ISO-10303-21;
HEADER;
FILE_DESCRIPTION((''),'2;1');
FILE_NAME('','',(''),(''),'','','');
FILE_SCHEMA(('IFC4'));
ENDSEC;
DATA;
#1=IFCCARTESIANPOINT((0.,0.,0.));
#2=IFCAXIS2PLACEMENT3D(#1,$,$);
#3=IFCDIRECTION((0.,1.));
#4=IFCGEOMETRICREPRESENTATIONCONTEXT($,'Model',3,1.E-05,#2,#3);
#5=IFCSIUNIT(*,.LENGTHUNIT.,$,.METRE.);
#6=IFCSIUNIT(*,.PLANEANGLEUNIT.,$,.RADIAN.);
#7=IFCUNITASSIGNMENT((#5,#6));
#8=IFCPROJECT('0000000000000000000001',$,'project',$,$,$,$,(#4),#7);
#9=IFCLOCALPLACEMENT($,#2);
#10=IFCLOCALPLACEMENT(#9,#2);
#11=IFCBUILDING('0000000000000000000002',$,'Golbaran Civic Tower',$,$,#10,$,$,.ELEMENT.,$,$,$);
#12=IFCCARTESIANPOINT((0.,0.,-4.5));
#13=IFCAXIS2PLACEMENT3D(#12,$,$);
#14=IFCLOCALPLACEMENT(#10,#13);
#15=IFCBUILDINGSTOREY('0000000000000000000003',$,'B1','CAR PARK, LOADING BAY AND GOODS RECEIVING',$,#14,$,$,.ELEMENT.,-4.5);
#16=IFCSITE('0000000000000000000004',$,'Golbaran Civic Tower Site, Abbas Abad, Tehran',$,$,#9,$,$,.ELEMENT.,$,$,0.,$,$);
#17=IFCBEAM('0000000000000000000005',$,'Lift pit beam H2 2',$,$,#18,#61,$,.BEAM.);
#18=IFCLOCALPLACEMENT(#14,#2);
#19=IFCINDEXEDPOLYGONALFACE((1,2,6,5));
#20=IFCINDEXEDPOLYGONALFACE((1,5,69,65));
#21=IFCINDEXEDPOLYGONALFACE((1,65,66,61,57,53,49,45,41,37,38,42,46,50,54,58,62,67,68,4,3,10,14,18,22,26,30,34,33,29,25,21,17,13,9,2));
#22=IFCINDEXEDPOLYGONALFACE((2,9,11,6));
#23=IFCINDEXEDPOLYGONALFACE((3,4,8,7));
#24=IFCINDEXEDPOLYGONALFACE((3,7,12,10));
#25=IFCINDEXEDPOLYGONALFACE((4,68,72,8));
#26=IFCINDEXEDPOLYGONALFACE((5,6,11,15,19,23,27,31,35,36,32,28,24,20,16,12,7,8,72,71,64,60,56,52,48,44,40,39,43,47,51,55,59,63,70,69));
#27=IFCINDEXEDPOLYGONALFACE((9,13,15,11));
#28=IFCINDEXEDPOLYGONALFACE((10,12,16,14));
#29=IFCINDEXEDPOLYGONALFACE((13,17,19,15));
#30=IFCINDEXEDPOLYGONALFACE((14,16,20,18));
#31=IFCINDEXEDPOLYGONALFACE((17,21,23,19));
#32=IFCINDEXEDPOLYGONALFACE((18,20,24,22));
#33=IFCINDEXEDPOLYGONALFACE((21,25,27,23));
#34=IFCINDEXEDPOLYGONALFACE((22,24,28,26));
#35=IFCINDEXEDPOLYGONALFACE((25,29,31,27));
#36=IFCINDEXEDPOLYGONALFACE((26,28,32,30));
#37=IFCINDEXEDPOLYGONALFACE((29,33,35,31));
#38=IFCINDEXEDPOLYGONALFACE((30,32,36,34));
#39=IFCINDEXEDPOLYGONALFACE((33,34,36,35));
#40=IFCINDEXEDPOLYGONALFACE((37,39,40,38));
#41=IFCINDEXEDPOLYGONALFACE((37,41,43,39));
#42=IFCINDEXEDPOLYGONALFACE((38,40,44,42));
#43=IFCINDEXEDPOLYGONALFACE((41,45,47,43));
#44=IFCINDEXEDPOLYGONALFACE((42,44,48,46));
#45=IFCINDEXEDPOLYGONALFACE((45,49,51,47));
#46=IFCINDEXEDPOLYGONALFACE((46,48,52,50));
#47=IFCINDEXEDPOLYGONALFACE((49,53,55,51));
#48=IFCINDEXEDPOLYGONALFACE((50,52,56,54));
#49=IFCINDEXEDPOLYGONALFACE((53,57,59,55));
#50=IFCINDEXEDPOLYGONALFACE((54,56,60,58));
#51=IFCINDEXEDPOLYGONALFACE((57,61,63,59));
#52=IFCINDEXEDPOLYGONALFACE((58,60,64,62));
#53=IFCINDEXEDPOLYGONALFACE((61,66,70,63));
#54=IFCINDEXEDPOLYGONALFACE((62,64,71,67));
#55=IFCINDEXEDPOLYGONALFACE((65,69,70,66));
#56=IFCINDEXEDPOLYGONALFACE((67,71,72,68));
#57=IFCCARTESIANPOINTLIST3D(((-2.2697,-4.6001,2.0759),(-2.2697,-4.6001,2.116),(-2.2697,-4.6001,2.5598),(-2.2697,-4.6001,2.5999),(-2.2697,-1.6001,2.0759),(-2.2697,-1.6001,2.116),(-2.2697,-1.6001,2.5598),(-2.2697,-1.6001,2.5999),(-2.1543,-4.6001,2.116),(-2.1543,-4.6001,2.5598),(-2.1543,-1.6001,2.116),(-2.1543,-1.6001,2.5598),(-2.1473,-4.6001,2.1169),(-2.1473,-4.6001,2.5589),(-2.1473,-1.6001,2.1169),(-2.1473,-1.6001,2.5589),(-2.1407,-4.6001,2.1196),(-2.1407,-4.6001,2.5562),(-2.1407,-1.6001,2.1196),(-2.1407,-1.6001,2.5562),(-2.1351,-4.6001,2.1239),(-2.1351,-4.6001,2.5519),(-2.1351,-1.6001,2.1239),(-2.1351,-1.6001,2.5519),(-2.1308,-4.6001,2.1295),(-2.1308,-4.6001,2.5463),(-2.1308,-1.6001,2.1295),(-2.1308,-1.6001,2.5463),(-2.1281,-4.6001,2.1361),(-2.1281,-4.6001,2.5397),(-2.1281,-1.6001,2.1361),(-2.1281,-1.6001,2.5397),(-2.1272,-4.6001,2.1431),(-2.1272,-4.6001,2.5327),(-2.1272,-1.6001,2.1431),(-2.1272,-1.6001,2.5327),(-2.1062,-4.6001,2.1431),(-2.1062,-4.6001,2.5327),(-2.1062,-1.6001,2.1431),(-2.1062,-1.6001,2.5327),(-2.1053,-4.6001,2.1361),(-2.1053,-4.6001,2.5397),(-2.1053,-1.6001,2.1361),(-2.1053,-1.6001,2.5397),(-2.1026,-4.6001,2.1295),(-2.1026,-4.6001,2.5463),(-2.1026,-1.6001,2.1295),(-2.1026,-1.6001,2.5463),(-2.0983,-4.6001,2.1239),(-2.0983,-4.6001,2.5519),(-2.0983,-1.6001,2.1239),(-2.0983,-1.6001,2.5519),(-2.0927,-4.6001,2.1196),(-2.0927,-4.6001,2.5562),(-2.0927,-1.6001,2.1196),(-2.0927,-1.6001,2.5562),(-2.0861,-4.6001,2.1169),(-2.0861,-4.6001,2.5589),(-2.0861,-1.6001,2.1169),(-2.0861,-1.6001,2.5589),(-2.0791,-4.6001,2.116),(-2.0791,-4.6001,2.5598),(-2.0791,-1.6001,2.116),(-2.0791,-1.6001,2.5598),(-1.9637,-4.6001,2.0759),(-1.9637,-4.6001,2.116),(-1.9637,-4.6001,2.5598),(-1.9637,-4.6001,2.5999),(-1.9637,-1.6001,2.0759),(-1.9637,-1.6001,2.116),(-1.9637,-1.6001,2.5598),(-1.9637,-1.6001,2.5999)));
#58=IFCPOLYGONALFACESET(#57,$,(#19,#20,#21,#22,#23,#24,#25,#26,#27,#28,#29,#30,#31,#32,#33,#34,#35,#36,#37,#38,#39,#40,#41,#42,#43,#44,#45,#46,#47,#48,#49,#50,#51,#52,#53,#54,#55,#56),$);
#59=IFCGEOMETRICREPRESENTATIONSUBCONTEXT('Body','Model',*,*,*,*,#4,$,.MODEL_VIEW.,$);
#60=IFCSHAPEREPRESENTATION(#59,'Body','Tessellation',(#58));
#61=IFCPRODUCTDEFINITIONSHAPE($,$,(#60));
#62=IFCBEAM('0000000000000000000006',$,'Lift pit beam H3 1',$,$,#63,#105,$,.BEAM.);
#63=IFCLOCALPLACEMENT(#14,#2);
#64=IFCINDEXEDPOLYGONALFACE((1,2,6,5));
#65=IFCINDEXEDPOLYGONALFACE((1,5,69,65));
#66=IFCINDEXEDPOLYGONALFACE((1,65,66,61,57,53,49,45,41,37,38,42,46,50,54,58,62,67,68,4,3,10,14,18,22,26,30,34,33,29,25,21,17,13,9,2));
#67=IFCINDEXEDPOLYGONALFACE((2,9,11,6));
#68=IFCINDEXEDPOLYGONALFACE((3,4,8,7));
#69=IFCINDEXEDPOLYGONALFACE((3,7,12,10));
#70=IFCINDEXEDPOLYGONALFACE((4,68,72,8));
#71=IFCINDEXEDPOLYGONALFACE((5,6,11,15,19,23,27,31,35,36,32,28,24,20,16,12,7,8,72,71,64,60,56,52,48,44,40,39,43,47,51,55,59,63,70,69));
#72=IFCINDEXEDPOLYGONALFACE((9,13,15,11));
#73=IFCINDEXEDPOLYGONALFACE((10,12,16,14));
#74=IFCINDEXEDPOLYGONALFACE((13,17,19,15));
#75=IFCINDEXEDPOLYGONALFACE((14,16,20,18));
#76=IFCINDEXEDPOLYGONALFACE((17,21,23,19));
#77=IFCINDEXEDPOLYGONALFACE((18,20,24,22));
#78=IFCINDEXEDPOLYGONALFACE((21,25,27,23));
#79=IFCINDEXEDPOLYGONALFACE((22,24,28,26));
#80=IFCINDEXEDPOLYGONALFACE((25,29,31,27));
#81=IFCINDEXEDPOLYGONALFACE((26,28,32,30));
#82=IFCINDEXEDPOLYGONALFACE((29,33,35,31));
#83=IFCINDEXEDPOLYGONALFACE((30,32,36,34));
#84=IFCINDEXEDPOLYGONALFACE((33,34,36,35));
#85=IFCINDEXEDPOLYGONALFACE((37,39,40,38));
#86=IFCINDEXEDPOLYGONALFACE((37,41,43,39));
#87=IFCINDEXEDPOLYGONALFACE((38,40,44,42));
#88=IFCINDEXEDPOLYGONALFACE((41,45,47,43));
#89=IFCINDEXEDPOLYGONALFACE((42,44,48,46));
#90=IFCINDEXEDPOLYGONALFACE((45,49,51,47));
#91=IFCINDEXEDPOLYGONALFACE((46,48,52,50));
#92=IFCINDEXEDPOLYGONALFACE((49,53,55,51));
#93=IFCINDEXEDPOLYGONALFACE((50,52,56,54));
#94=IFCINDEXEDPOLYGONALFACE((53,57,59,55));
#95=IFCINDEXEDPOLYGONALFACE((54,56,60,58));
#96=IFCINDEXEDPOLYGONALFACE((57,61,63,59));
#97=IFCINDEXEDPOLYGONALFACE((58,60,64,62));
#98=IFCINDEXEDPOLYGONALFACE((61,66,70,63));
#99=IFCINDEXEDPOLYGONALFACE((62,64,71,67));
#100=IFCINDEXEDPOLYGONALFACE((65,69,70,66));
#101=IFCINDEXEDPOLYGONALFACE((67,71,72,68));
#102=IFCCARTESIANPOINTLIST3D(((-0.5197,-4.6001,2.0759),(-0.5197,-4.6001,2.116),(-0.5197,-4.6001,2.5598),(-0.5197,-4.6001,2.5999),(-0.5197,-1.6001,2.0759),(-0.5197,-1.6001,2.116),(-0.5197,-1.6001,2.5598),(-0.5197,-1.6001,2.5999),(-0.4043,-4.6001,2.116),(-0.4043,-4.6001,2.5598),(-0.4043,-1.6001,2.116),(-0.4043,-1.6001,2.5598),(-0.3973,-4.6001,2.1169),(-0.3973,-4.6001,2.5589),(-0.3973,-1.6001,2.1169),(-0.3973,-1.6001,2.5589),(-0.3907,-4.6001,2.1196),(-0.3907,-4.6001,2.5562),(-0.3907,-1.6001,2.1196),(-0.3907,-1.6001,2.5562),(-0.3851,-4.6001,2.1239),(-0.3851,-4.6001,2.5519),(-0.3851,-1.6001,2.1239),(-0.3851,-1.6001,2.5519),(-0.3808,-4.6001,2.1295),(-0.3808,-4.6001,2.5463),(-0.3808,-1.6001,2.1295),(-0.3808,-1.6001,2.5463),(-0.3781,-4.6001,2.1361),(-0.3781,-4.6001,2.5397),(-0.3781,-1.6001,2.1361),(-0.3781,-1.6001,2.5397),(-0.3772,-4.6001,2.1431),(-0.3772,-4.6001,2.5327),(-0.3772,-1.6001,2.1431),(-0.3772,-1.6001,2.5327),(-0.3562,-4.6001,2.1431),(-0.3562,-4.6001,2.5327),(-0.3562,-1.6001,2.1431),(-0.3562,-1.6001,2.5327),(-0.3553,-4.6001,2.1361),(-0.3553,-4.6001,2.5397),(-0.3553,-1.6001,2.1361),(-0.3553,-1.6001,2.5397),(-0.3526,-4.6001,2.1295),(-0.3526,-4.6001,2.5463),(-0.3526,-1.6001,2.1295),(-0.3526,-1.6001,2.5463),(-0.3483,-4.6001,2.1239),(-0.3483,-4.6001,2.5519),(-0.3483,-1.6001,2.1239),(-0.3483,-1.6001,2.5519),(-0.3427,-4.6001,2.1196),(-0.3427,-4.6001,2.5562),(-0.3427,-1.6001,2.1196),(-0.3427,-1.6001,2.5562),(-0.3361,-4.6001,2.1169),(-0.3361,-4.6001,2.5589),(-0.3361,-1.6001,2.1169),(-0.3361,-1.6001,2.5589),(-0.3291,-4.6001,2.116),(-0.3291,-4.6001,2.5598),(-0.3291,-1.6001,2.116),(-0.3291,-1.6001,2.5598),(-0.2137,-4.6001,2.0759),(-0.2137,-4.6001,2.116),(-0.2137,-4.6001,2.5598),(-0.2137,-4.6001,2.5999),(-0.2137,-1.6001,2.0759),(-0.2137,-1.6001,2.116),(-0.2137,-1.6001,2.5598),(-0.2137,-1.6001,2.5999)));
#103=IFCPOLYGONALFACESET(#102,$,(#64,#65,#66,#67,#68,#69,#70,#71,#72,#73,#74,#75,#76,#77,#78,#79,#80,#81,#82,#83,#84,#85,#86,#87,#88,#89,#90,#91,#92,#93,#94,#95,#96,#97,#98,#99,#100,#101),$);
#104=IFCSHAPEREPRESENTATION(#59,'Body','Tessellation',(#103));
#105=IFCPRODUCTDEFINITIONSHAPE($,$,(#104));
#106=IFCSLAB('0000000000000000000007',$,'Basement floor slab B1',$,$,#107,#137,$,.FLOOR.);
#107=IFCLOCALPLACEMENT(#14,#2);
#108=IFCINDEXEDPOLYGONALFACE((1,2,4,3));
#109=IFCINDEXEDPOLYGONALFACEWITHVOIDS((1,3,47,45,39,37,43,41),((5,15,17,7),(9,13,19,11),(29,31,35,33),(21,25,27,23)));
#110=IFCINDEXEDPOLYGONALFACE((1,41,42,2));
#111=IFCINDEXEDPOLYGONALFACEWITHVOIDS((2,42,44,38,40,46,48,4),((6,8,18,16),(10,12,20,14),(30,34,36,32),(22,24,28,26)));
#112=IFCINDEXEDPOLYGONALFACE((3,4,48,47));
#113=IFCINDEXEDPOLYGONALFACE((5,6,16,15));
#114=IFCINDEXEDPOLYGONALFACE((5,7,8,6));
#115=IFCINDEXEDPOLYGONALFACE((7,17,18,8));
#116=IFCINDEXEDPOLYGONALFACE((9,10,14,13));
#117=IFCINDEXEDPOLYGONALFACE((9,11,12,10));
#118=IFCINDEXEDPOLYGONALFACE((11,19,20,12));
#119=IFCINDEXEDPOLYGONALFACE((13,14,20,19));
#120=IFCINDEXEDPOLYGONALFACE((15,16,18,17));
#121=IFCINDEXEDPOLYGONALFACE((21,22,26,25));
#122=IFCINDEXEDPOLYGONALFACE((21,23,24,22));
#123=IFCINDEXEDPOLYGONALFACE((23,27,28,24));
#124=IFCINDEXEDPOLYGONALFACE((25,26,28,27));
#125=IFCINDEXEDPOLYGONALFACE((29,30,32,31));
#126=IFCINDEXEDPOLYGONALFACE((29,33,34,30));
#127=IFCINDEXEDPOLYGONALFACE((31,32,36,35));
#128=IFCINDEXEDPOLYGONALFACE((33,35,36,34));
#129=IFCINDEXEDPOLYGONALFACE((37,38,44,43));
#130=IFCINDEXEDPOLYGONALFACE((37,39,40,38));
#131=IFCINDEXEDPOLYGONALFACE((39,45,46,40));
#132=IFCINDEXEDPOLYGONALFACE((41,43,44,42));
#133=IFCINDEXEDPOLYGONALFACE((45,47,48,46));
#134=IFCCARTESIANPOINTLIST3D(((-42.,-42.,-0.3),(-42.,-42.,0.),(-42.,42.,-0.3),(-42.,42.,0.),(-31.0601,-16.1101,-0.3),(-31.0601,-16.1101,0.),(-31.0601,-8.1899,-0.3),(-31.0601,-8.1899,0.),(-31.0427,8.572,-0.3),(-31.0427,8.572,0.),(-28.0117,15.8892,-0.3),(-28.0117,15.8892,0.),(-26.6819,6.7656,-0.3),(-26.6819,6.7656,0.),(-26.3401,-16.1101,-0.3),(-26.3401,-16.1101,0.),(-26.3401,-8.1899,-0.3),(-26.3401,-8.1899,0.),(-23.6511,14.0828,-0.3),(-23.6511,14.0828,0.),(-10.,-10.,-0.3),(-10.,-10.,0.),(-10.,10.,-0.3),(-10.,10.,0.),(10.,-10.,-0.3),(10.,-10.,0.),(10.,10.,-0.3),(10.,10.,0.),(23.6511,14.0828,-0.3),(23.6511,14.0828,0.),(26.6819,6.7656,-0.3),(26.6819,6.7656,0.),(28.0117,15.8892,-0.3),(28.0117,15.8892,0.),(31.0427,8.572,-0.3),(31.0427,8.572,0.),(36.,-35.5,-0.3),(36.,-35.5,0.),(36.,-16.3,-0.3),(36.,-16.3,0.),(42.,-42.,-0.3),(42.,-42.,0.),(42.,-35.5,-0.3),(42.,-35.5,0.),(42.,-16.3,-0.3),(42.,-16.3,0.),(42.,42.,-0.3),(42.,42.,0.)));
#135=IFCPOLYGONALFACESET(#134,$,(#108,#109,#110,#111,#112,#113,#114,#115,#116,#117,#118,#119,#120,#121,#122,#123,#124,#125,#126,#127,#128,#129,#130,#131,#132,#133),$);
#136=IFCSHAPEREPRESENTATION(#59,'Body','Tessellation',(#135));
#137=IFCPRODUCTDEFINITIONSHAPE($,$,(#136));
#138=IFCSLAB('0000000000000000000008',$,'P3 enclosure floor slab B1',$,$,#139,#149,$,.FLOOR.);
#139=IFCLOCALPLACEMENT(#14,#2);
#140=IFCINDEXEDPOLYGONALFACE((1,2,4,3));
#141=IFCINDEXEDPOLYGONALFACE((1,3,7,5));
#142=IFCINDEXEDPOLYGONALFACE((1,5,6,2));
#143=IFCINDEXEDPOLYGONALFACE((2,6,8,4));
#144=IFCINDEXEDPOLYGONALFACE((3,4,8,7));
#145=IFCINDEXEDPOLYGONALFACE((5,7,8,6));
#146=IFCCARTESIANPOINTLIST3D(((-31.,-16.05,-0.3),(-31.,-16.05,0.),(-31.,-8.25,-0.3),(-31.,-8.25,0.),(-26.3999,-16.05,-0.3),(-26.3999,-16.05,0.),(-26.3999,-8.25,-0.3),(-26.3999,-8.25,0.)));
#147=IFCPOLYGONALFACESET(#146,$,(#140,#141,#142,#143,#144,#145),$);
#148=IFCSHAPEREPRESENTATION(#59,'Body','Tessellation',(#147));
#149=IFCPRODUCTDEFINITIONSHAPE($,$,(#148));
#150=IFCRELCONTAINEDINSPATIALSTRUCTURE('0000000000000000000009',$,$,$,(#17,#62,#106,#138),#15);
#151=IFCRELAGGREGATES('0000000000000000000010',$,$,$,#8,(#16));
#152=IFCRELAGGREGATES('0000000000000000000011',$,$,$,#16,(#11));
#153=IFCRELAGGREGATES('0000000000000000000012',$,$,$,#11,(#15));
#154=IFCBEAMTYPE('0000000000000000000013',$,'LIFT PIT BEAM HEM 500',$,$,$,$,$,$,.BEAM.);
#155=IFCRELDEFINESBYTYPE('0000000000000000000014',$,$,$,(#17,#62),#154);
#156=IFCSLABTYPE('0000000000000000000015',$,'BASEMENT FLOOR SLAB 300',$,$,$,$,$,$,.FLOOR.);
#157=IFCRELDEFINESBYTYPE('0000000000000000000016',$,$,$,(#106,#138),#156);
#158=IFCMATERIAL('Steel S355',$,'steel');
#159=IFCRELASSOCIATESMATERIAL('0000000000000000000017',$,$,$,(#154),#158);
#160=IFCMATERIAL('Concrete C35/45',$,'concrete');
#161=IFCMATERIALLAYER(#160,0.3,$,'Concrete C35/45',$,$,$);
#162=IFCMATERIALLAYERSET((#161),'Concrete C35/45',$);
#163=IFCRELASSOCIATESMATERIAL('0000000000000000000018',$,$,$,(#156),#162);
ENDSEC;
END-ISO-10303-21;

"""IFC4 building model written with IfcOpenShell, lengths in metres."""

from ifc_helpers import new_model, si_unit, direction, frame, origin, origin_2d, place, context, subcontext, project, spatial, polyline, i_section, outline, extrude, material, layer, layer_set, material_profile, profile_set, type_object, element, save


model = new_model("IFC4")

# Units and contexts
model_context = context("Model", 3, precision=1e-05, world=origin(), true_north=direction((0.0, 1.0)))
body_context = subcontext(model_context, "Body", "Model", "MODEL_VIEW")
ifc_project = project(units=[si_unit("LENGTHUNIT", "METRE"), si_unit("PLANEANGLEUNIT", "RADIAN")], contexts=[model_context])

# Site, building, storey
site_placement = place(None, origin())
site = spatial("IfcSite", under=ifc_project, at=site_placement, Name="Golbaran Civic Tower Site, Abbas Abad, Tehran", CompositionType="ELEMENT", RefElevation=0.0)
building_placement = place(site_placement, origin())
building = spatial("IfcBuilding", under=site, at=building_placement, Name="Golbaran Civic Tower", CompositionType="ELEMENT")
storey_placement = place(building_placement, frame((0.0, 0.0, -4.5)))
storey = spatial("IfcBuildingStorey", under=building, at=storey_placement, Name="B1", Description="CAR PARK, LOADING BAY AND GOODS RECEIVING", CompositionType="ELEMENT", Elevation=-4.5)

# Shared definitions
ifc_material_1 = material(Name="Steel S355", Category="steel")

# Beams
ifc_material_profile_1 = material_profile(ifc_material_1, i_section(OverallWidth=0.3059, OverallDepth=0.5239, WebThickness=0.021, FlangeThickness=0.04, FilletRadius=0.0271, at=origin_2d()), Name="HEM 500")
ifc_profile_set_1 = profile_set([ifc_material_profile_1], Name="Steel S355")
beam_type = type_object("IfcBeamType", Name="LIFT PIT BEAM HEM 500", PredefinedType="BEAM", material=ifc_profile_set_1)
for number, where, z_axis, x_axis, name in (
    (1, (-2.1167, -4.6001, 2.3379), (0.0, 1.0, 0.0), (-1.0, 0.0, 0.0), "Lift pit beam H2 2"),
    (2, (-0.3667, -4.6001, 2.3379), (0.0, 1.0, 0.0), (-1.0, 0.0, 0.0), "Lift pit beam H3 1"),
):
    element("IfcBeam", number, at=place(storey_placement, frame(where, z_axis=z_axis, x_axis=x_axis)), inside=storey, type_object=beam_type, Name=name, PredefinedType="BEAM", context=body_context, shape_type="SweptSolid", body=[
        extrude(i_section(OverallWidth=0.3059, OverallDepth=0.5239, WebThickness=0.021, FlangeThickness=0.04, FilletRadius=0.0271, at=origin_2d()), origin(), (0.0, 0.0, 1.0), 3.0),
    ])

# Slabs
ifc_material_2 = material(Name="Concrete C35/45", Category="concrete")
ifc_layer_1 = layer(ifc_material_2, 0.3, Name="Concrete C35/45")
ifc_layer_set_1 = layer_set([ifc_layer_1], Name="Concrete C35/45")
slab_type_1 = type_object("IfcSlabType", Name="BASEMENT FLOOR SLAB 300", PredefinedType="FLOOR", material=ifc_layer_set_1)
slab_1_placement = place(storey_placement, frame((0.0, 0.0, -0.3)))
element("IfcSlab", 3, at=slab_1_placement, inside=storey, type_object=slab_type_1, Name="Basement floor slab B1", PredefinedType="FLOOR", context=body_context, shape_type="SweptSolid", body=[
    extrude(outline(polyline([(42.0, -16.3), (36.0, -16.3), (36.0, -35.5), (42.0, -35.5), (42.0, -42.0), (-42.0, -42.0), (-42.0, 42.0), (42.0, 42.0), (42.0, -16.3)]), holes=[polyline([(31.0427, 8.572), (28.0117, 15.8892), (23.6511, 14.0828), (26.6819, 6.7656), (31.0427, 8.572)]), polyline([(10.0, -10.0), (10.0, 10.0), (-10.0, 10.0), (-10.0, -10.0), (10.0, -10.0)]), polyline([(-28.0117, 15.8892), (-31.0427, 8.572), (-26.6819, 6.7656), (-23.6511, 14.0828), (-28.0117, 15.8892)]), polyline([(-31.0601, -16.1101), (-26.3401, -16.1101), (-26.3401, -8.1899), (-31.0601, -8.1899), (-31.0601, -16.1101)])]), origin(), (0.0, 0.0, 1.0), 0.3),
])
slab_2_placement = place(storey_placement, frame((0.0, 0.0, -0.3)))
element("IfcSlab", 4, at=slab_2_placement, inside=storey, type_object=slab_type_1, Name="P3 enclosure floor slab B1", PredefinedType="FLOOR", context=body_context, shape_type="SweptSolid", body=[
    extrude(outline(polyline([(-26.3999, -16.05), (-31.0, -16.05), (-31.0, -8.25), (-26.3999, -8.25), (-26.3999, -16.05)])), origin(), (0.0, 0.0, 1.0), 0.3),
])

save(model, "model.ifc")
